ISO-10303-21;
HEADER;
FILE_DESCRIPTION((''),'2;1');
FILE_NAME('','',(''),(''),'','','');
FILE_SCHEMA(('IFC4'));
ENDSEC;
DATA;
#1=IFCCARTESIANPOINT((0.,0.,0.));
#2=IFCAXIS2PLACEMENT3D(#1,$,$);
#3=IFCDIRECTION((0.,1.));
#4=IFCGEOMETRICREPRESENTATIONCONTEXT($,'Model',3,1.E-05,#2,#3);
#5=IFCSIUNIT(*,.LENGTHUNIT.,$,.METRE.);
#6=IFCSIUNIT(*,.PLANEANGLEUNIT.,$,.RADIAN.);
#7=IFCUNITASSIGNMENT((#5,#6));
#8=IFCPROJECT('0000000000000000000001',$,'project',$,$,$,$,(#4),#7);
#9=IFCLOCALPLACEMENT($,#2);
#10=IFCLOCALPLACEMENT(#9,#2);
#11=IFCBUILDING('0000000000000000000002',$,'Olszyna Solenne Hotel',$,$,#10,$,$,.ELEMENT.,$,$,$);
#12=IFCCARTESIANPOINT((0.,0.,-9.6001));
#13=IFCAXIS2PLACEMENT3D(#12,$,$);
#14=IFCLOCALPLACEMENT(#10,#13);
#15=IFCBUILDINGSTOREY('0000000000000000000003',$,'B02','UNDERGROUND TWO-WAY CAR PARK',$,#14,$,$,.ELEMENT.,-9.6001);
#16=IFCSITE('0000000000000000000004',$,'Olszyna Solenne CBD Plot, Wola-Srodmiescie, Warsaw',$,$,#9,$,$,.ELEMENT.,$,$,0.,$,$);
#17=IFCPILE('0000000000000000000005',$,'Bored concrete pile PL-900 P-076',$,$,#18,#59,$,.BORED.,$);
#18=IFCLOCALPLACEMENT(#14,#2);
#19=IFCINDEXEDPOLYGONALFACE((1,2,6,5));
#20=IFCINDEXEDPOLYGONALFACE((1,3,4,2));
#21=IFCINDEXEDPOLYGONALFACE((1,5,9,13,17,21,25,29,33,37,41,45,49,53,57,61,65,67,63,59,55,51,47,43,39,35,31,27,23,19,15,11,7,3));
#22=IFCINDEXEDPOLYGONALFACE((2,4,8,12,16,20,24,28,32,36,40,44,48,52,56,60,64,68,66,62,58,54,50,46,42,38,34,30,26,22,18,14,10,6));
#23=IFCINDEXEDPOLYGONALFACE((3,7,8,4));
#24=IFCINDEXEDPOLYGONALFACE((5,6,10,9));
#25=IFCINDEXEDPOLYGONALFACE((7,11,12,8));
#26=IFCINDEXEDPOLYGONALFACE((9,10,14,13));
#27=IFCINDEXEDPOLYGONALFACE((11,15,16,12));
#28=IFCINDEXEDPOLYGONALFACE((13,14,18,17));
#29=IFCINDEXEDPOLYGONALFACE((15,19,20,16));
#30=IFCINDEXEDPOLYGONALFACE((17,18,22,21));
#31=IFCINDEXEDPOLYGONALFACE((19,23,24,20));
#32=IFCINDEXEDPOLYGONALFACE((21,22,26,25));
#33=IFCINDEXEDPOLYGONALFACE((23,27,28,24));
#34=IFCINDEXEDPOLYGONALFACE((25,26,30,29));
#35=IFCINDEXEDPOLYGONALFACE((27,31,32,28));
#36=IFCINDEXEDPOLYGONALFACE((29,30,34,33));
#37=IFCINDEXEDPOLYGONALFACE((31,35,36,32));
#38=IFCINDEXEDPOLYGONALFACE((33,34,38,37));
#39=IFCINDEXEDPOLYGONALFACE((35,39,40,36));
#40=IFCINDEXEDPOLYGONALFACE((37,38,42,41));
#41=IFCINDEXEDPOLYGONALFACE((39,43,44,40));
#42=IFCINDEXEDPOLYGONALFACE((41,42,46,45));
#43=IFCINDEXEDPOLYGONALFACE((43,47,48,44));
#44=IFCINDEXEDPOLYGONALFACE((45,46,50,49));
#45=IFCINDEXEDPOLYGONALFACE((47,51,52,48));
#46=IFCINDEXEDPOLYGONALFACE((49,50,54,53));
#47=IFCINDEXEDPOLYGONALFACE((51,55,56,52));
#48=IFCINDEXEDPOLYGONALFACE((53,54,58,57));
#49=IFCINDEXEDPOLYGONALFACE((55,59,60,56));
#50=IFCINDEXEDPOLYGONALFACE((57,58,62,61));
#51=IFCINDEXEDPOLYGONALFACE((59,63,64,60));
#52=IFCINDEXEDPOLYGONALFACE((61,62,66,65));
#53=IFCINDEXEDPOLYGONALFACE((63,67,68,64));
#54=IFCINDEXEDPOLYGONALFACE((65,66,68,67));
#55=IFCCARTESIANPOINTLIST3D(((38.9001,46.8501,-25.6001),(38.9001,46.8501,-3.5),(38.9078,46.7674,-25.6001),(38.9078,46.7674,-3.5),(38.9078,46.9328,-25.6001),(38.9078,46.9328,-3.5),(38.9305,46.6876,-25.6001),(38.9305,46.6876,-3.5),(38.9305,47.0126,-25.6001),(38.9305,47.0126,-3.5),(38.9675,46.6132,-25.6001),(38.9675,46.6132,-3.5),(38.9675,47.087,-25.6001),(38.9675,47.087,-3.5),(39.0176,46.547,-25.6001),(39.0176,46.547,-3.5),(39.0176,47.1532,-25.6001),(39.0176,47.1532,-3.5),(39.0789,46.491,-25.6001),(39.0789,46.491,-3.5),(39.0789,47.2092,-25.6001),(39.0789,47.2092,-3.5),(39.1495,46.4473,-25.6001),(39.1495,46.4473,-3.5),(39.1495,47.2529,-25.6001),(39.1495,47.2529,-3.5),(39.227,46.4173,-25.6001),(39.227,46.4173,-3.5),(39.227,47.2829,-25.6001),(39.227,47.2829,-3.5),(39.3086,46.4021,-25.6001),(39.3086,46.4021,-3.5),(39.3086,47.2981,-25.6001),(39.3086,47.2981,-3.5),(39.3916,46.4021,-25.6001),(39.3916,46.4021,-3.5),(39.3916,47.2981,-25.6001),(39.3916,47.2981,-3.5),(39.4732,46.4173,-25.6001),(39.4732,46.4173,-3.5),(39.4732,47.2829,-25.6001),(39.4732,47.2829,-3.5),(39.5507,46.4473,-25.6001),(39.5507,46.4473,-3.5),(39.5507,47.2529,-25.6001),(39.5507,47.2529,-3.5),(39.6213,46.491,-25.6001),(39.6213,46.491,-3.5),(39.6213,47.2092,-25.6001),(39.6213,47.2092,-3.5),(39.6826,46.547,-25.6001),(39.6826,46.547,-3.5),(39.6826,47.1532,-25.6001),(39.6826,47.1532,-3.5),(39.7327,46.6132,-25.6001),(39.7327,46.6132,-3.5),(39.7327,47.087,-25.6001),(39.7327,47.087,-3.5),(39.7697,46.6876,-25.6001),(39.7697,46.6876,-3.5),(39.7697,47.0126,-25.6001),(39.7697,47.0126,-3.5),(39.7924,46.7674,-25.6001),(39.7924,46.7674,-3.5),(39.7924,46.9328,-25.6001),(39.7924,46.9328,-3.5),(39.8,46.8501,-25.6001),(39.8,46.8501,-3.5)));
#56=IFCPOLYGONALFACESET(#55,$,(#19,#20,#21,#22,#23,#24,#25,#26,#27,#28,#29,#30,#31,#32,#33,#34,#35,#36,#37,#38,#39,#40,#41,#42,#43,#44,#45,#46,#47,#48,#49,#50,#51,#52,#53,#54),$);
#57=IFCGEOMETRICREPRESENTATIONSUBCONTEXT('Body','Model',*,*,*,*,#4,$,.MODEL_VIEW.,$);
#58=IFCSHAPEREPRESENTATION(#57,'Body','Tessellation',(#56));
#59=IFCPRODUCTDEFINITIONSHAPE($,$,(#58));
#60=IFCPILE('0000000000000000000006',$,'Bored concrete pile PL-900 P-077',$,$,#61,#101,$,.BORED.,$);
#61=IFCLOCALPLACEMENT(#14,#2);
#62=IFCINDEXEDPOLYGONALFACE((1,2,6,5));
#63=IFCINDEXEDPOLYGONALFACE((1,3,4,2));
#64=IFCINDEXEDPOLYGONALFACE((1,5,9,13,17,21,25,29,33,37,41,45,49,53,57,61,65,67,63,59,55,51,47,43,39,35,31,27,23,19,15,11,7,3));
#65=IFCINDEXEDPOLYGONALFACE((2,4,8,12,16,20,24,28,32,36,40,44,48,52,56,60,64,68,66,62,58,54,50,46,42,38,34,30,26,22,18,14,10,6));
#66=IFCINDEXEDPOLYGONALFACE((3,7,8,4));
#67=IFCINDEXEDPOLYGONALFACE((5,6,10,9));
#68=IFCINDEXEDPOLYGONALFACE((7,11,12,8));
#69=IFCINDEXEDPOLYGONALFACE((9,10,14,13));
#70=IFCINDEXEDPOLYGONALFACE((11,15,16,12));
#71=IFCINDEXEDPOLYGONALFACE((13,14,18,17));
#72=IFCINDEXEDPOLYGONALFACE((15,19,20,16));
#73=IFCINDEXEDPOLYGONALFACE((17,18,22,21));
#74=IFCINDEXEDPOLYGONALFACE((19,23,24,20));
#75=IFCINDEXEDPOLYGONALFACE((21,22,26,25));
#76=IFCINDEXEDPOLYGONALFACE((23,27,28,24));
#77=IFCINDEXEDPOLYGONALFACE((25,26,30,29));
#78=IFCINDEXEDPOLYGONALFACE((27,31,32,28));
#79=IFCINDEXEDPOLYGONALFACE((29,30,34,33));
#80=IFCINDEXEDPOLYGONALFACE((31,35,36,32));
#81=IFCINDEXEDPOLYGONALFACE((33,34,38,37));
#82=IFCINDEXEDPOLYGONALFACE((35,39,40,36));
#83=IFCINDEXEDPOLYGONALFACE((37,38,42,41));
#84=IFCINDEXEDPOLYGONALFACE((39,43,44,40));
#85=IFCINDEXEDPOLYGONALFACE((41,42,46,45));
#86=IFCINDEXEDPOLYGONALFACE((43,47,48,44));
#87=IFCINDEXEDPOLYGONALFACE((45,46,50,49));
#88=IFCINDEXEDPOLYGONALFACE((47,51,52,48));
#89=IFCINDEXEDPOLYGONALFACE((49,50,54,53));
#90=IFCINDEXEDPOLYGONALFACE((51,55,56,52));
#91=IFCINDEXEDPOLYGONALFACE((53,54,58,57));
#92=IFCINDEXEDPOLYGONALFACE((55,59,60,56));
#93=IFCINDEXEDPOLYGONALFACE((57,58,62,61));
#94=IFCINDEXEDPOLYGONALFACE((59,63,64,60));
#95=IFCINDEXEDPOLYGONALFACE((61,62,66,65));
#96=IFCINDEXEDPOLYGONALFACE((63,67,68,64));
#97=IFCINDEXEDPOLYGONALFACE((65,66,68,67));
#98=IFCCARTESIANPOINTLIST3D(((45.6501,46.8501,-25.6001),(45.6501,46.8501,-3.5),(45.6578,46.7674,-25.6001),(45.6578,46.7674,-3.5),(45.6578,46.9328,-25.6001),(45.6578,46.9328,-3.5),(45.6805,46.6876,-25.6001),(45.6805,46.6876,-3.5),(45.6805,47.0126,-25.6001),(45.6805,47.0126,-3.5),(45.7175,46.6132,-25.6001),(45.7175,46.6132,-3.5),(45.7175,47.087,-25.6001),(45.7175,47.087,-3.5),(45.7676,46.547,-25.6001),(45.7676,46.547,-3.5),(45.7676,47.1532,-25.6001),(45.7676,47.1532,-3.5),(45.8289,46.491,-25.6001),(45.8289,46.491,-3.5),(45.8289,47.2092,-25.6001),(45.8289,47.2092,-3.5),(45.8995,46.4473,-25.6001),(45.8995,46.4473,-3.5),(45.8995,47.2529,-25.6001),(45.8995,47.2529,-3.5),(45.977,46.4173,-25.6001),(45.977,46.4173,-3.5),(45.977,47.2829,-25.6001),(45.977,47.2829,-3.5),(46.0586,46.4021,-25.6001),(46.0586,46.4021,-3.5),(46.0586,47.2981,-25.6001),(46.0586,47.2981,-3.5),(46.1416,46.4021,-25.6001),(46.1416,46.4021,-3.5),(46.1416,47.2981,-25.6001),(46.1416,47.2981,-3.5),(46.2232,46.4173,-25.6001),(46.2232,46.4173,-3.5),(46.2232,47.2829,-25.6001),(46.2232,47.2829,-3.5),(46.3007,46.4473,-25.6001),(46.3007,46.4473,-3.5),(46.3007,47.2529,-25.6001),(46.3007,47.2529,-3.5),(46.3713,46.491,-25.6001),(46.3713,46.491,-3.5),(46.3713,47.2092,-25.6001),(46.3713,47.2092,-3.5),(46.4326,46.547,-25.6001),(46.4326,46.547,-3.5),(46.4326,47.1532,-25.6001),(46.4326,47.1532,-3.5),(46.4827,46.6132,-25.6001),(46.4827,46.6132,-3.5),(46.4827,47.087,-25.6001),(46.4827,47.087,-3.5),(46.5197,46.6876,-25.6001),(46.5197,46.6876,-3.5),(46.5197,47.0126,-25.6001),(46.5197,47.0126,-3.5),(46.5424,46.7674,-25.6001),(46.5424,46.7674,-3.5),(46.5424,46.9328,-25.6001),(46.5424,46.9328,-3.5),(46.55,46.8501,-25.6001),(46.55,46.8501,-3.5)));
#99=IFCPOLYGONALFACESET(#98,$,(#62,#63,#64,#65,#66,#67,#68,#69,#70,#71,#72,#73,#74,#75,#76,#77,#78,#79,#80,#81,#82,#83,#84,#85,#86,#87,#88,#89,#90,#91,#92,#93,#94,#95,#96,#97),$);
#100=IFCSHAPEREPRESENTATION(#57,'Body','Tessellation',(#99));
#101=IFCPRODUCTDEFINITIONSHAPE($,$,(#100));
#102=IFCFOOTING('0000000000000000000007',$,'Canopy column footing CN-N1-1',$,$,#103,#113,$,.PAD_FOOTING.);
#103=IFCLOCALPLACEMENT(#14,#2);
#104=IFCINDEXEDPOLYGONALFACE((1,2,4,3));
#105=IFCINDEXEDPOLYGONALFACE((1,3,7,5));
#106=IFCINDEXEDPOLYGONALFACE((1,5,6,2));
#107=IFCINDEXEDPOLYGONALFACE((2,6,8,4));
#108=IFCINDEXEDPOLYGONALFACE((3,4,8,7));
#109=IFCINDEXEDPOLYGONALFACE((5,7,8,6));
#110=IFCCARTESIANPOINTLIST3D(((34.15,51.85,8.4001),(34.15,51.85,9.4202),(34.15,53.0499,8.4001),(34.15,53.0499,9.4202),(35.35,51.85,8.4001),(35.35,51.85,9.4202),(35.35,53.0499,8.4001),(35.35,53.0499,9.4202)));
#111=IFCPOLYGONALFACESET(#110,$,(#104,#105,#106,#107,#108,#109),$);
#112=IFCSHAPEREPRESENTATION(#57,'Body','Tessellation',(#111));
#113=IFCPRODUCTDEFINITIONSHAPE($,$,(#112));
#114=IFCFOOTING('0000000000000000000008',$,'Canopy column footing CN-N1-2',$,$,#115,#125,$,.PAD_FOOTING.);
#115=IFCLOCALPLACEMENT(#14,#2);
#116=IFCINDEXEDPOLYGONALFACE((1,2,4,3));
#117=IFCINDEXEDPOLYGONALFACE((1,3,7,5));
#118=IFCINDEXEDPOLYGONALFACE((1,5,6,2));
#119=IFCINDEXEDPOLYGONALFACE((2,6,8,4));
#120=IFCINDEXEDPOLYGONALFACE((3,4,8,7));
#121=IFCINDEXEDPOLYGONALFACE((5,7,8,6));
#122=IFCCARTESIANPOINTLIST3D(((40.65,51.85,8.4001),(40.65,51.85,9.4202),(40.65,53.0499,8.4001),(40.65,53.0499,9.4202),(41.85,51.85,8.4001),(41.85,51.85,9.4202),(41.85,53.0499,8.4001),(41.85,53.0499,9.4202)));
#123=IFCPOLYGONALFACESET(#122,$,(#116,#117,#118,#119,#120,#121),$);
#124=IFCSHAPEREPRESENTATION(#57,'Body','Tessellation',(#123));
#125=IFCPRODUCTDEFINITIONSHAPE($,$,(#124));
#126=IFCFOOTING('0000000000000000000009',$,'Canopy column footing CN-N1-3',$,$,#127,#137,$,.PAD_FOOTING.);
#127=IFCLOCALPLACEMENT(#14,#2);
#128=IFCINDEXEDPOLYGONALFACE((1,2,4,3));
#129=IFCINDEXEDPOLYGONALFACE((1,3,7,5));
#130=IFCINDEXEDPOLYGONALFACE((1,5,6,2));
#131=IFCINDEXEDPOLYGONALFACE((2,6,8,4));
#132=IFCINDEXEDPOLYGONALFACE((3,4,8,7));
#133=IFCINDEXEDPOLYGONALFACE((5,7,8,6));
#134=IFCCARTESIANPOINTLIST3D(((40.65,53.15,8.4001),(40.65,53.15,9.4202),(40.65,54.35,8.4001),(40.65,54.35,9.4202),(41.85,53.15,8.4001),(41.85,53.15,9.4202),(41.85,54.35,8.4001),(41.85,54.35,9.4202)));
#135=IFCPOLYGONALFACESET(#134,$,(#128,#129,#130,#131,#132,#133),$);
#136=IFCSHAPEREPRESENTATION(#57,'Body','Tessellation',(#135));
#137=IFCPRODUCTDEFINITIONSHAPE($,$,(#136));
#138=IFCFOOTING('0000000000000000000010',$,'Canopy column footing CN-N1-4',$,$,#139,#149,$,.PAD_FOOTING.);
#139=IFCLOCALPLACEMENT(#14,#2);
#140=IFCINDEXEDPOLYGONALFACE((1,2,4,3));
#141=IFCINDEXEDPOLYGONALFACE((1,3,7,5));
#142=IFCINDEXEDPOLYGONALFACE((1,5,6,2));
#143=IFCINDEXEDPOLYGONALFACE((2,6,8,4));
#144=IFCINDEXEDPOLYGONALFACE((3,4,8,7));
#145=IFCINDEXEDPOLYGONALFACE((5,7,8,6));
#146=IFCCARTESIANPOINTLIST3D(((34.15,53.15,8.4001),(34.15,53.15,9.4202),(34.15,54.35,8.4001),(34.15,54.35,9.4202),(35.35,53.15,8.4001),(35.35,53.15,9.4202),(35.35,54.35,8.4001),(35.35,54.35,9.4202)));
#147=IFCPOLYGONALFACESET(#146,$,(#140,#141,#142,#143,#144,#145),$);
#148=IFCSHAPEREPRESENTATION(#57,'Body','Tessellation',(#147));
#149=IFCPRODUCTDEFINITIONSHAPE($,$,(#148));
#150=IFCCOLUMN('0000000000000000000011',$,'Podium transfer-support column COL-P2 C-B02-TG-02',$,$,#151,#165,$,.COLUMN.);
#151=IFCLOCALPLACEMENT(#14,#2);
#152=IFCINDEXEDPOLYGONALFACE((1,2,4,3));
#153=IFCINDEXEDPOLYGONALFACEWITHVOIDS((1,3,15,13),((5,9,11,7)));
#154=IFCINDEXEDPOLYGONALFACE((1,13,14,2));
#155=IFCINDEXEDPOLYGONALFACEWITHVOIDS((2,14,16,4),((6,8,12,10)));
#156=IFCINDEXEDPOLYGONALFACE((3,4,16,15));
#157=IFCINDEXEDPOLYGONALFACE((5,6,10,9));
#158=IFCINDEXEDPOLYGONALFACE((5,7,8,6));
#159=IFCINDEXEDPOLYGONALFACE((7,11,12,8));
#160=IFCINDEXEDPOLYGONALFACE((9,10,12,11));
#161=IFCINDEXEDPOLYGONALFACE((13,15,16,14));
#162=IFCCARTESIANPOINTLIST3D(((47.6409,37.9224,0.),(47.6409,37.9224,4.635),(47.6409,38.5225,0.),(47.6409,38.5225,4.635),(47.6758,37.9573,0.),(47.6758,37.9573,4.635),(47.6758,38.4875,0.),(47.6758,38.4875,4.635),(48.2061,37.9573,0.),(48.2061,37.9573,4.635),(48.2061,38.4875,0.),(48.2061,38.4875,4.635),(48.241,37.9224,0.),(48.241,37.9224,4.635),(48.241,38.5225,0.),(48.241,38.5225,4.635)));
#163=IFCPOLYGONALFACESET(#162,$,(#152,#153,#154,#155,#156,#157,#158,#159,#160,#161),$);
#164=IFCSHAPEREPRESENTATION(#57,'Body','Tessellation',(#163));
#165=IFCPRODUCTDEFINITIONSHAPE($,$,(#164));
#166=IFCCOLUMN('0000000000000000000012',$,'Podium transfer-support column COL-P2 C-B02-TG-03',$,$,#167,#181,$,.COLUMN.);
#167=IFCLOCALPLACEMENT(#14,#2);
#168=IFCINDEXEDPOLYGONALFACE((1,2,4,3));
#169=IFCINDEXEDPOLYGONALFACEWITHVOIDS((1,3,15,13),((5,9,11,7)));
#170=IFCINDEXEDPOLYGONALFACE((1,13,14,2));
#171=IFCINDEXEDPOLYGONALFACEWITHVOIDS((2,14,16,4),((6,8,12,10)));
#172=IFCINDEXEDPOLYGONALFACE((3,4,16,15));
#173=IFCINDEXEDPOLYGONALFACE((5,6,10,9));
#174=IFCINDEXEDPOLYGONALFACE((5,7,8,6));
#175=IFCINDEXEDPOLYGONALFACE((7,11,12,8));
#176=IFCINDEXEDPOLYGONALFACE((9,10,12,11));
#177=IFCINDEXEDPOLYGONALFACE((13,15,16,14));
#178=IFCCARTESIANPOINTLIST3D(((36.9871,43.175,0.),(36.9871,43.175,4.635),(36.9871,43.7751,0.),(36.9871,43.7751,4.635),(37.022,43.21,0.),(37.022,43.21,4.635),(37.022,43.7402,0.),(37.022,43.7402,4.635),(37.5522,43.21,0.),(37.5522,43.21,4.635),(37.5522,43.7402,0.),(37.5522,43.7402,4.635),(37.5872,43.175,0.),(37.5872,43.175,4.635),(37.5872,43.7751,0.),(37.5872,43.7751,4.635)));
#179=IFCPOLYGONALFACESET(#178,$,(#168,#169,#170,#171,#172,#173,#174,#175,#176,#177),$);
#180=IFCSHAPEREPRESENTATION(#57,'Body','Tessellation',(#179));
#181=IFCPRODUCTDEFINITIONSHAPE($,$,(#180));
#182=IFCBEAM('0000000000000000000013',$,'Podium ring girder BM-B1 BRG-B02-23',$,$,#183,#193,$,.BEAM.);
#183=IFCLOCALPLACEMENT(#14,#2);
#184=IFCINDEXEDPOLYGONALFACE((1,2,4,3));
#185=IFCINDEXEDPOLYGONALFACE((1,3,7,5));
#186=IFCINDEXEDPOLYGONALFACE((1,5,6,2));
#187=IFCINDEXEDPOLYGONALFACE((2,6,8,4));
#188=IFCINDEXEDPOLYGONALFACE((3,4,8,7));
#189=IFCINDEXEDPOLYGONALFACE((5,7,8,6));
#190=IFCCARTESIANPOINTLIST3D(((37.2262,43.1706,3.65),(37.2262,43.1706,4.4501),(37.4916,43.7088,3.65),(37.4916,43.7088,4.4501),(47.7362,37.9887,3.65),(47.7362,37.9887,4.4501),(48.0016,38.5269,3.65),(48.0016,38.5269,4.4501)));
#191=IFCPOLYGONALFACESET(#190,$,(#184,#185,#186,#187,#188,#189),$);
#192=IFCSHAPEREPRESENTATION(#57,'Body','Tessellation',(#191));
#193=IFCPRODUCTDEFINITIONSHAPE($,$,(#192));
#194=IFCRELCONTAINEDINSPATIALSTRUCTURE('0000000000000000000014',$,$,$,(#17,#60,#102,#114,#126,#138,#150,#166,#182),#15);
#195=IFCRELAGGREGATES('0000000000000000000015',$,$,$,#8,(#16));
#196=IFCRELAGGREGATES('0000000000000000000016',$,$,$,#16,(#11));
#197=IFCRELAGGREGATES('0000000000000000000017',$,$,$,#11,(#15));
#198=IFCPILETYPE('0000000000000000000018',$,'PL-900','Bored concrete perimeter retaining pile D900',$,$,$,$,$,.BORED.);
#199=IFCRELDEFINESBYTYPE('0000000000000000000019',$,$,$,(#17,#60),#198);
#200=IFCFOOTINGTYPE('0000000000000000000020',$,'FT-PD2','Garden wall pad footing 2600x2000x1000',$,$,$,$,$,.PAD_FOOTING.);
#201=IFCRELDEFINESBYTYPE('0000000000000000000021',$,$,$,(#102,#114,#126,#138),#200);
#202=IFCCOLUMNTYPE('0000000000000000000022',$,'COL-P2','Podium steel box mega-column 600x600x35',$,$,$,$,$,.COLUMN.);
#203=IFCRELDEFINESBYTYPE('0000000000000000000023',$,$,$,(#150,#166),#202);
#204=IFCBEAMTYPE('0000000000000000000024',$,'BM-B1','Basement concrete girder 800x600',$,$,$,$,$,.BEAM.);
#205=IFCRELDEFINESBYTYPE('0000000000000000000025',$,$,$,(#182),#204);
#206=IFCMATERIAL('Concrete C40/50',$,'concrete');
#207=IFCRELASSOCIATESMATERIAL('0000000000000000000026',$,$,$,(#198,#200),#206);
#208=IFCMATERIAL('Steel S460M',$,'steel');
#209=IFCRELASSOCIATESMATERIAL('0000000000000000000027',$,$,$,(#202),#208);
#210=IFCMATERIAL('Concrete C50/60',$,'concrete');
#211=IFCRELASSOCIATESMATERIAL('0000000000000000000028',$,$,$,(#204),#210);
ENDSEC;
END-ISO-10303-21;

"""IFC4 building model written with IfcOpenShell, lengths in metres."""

from ifc_helpers import new_model, si_unit, direction, frame, origin, origin_2d, place, context, subcontext, project, spatial, rectangle, hollow_rectangle, circle, extrude, source, transform, mapped, material, material_profile, profile_set, type_object, element, save


model = new_model("IFC4")

# Units and contexts
model_context = context("Model", 3, precision=1e-05, world=origin(), true_north=direction((0.0, 1.0)))
body_context = subcontext(model_context, "Body", "Model", "MODEL_VIEW")
ifc_project = project(units=[si_unit("LENGTHUNIT", "METRE"), si_unit("PLANEANGLEUNIT", "RADIAN")], contexts=[model_context])

# Site, building, storey
site_placement = place(None, origin())
site = spatial("IfcSite", under=ifc_project, at=site_placement, Name="Olszyna Solenne CBD Plot, Wola-Srodmiescie, Warsaw", CompositionType="ELEMENT", RefElevation=0.0)
building_placement = place(site_placement, origin())
building = spatial("IfcBuilding", under=site, at=building_placement, Name="Olszyna Solenne Hotel", CompositionType="ELEMENT")
storey_placement = place(building_placement, frame((0.0, 0.0, -9.6001)))
storey = spatial("IfcBuildingStorey", under=building, at=storey_placement, Name="B02", Description="UNDERGROUND TWO-WAY CAR PARK", CompositionType="ELEMENT", Elevation=-9.6001)

# Piles
ifc_material_1 = material(Name="Concrete C40/50", Category="concrete")
ifc_material_profile_1 = material_profile(ifc_material_1, circle(Radius=0.45, at=origin_2d()), Name="BORED PILE 900", Category="load-bearing")
ifc_profile_set_1 = profile_set([ifc_material_profile_1], Name="Concrete C40/50")
pile_type_1 = type_object("IfcPileType", Name="PL-900", Description="Bored concrete perimeter retaining pile D900", PredefinedType="BORED", material=ifc_profile_set_1)
shared_shape_1 = source(origin(), body_context, "Body", "SweptSolid", [
    extrude(circle(Radius=0.45, at=origin_2d()), origin(), (0.0, 0.0, 1.0), 22.1001),
])
for number, where, z_axis, x_axis, name in (
    (1, (39.3501, 46.8501, -3.5), (0.0, 0.0, -1.0), (1.0, 0.0, 0.0), "Bored concrete pile PL-900 P-076"),
    (2, (46.1001, 46.8501, -3.5), (0.0, 0.0, -1.0), (1.0, 0.0, 0.0), "Bored concrete pile PL-900 P-077"),
):
    element("IfcPile", number, at=place(storey_placement, frame(where, z_axis=z_axis, x_axis=x_axis)), inside=storey, type_object=pile_type_1, Name=name, PredefinedType="BORED", context=body_context, shape_type="MappedRepresentation", body=[
        mapped(shared_shape_1, transform((0.0, 0.0, 0.0), x_axis=(1.0, 0.0, 0.0), y_axis=(0.0, 1.0, 0.0), z_axis=(0.0, 0.0, 1.0), scale=1.0)),
    ])

# Footings
footing_type = type_object("IfcFootingType", Name="FT-PD2", Description="Garden wall pad footing 2600x2000x1000", PredefinedType="PAD_FOOTING", material=ifc_material_1)
shared_shape_2 = source(origin(), body_context, "Body", "SweptSolid", [
    extrude(rectangle(XDim=1.2, YDim=1.2, at=origin_2d()), origin(), (0.0, 0.0, 1.0), 1.02),
])
for number, where, z_axis, x_axis, name in (
    (3, (34.75, 52.45, 8.4001), (0.0, 0.0, 1.0), (1.0, 0.0, 0.0), "Canopy column footing CN-N1-1"),
    (4, (41.25, 52.45, 8.4001), (0.0, 0.0, 1.0), (1.0, 0.0, 0.0), "Canopy column footing CN-N1-2"),
    (5, (41.25, 53.75, 8.4001), (0.0, 0.0, 1.0), (1.0, 0.0, 0.0), "Canopy column footing CN-N1-3"),
    (6, (34.75, 53.75, 8.4001), (0.0, 0.0, 1.0), (1.0, 0.0, 0.0), "Canopy column footing CN-N1-4"),
):
    element("IfcFooting", number, at=place(storey_placement, frame(where, z_axis=z_axis, x_axis=x_axis)), inside=storey, type_object=footing_type, Name=name, PredefinedType="PAD_FOOTING", context=body_context, shape_type="MappedRepresentation", body=[
        mapped(shared_shape_2, transform((0.0, 0.0, 0.0), x_axis=(1.0, 0.0, 0.0), y_axis=(0.0, 1.0, 0.0), z_axis=(0.0, 0.0, 1.0), scale=1.0)),
    ])

# Columns
ifc_material_2 = material(Name="Steel S460M", Category="steel")
ifc_material_profile_2 = material_profile(ifc_material_2, hollow_rectangle(XDim=0.6001, YDim=0.6001, WallThickness=0.0349, at=origin_2d()), Name="SHS 600x600x35", Category="load-bearing")
ifc_profile_set_2 = profile_set([ifc_material_profile_2], Name="Steel S460M")
column_type = type_object("IfcColumnType", Name="COL-P2", Description="Podium steel box mega-column 600x600x35", PredefinedType="COLUMN", material=ifc_profile_set_2)
shared_shape_3 = source(origin(), body_context, "Body", "SweptSolid", [
    extrude(hollow_rectangle(XDim=0.6001, YDim=0.6001, WallThickness=0.0349, at=origin_2d()), origin(), (0.0, 0.0, 1.0), 4.635),
])
for number, where, z_axis, x_axis, name in (
    (7, (47.9409, 38.2224, 0.0), (0.0, 0.0, 1.0), (1.0, 0.0, 0.0), "Podium transfer-support column COL-P2 C-B02-TG-02"),
    (8, (37.2871, 43.4751, 0.0), (0.0, 0.0, 1.0), (1.0, 0.0, 0.0), "Podium transfer-support column COL-P2 C-B02-TG-03"),
):
    element("IfcColumn", number, at=place(storey_placement, frame(where, z_axis=z_axis, x_axis=x_axis)), inside=storey, type_object=column_type, Name=name, PredefinedType="COLUMN", context=body_context, shape_type="MappedRepresentation", body=[
        mapped(shared_shape_3, transform((0.0, 0.0, 0.0), x_axis=(1.0, 0.0, 0.0), y_axis=(0.0, 1.0, 0.0), z_axis=(0.0, 0.0, 1.0), scale=1.0)),
    ])

# Beam
ifc_material_3 = material(Name="Concrete C50/60", Category="concrete")
ifc_material_profile_3 = material_profile(ifc_material_3, rectangle(XDim=0.6001, YDim=0.8, at=origin_2d()), Name="RC 800x600", Category="load-bearing")
ifc_profile_set_3 = profile_set([ifc_material_profile_3], Name="Concrete C50/60")
beam_type = type_object("IfcBeamType", Name="BM-B1", Description="Basement concrete girder 800x600", PredefinedType="BEAM", material=ifc_profile_set_3)
shared_shape_4 = source(origin(), body_context, "Body", "SweptSolid", [
    extrude(rectangle(XDim=0.6001, YDim=0.8, at=origin_2d()), origin(), (0.0, 0.0, 1.0), 11.718),
])
beam_1_placement = place(storey_placement, frame((47.8689, 38.2578, 4.05), z_axis=(-0.896909, 0.442215, 0.0), x_axis=(-0.442215, -0.896909, 0.0)))
element("IfcBeam", 9, at=beam_1_placement, inside=storey, type_object=beam_type, Name="Podium ring girder BM-B1 BRG-B02-23", PredefinedType="BEAM", context=body_context, shape_type="MappedRepresentation", body=[
    mapped(shared_shape_4, transform((0.0, 0.0, 0.0), x_axis=(1.0, 0.0, 0.0), y_axis=(0.0, 1.0, 0.0), z_axis=(0.0, 0.0, 1.0), scale=1.0)),
])

save(model, "model.ifc")
